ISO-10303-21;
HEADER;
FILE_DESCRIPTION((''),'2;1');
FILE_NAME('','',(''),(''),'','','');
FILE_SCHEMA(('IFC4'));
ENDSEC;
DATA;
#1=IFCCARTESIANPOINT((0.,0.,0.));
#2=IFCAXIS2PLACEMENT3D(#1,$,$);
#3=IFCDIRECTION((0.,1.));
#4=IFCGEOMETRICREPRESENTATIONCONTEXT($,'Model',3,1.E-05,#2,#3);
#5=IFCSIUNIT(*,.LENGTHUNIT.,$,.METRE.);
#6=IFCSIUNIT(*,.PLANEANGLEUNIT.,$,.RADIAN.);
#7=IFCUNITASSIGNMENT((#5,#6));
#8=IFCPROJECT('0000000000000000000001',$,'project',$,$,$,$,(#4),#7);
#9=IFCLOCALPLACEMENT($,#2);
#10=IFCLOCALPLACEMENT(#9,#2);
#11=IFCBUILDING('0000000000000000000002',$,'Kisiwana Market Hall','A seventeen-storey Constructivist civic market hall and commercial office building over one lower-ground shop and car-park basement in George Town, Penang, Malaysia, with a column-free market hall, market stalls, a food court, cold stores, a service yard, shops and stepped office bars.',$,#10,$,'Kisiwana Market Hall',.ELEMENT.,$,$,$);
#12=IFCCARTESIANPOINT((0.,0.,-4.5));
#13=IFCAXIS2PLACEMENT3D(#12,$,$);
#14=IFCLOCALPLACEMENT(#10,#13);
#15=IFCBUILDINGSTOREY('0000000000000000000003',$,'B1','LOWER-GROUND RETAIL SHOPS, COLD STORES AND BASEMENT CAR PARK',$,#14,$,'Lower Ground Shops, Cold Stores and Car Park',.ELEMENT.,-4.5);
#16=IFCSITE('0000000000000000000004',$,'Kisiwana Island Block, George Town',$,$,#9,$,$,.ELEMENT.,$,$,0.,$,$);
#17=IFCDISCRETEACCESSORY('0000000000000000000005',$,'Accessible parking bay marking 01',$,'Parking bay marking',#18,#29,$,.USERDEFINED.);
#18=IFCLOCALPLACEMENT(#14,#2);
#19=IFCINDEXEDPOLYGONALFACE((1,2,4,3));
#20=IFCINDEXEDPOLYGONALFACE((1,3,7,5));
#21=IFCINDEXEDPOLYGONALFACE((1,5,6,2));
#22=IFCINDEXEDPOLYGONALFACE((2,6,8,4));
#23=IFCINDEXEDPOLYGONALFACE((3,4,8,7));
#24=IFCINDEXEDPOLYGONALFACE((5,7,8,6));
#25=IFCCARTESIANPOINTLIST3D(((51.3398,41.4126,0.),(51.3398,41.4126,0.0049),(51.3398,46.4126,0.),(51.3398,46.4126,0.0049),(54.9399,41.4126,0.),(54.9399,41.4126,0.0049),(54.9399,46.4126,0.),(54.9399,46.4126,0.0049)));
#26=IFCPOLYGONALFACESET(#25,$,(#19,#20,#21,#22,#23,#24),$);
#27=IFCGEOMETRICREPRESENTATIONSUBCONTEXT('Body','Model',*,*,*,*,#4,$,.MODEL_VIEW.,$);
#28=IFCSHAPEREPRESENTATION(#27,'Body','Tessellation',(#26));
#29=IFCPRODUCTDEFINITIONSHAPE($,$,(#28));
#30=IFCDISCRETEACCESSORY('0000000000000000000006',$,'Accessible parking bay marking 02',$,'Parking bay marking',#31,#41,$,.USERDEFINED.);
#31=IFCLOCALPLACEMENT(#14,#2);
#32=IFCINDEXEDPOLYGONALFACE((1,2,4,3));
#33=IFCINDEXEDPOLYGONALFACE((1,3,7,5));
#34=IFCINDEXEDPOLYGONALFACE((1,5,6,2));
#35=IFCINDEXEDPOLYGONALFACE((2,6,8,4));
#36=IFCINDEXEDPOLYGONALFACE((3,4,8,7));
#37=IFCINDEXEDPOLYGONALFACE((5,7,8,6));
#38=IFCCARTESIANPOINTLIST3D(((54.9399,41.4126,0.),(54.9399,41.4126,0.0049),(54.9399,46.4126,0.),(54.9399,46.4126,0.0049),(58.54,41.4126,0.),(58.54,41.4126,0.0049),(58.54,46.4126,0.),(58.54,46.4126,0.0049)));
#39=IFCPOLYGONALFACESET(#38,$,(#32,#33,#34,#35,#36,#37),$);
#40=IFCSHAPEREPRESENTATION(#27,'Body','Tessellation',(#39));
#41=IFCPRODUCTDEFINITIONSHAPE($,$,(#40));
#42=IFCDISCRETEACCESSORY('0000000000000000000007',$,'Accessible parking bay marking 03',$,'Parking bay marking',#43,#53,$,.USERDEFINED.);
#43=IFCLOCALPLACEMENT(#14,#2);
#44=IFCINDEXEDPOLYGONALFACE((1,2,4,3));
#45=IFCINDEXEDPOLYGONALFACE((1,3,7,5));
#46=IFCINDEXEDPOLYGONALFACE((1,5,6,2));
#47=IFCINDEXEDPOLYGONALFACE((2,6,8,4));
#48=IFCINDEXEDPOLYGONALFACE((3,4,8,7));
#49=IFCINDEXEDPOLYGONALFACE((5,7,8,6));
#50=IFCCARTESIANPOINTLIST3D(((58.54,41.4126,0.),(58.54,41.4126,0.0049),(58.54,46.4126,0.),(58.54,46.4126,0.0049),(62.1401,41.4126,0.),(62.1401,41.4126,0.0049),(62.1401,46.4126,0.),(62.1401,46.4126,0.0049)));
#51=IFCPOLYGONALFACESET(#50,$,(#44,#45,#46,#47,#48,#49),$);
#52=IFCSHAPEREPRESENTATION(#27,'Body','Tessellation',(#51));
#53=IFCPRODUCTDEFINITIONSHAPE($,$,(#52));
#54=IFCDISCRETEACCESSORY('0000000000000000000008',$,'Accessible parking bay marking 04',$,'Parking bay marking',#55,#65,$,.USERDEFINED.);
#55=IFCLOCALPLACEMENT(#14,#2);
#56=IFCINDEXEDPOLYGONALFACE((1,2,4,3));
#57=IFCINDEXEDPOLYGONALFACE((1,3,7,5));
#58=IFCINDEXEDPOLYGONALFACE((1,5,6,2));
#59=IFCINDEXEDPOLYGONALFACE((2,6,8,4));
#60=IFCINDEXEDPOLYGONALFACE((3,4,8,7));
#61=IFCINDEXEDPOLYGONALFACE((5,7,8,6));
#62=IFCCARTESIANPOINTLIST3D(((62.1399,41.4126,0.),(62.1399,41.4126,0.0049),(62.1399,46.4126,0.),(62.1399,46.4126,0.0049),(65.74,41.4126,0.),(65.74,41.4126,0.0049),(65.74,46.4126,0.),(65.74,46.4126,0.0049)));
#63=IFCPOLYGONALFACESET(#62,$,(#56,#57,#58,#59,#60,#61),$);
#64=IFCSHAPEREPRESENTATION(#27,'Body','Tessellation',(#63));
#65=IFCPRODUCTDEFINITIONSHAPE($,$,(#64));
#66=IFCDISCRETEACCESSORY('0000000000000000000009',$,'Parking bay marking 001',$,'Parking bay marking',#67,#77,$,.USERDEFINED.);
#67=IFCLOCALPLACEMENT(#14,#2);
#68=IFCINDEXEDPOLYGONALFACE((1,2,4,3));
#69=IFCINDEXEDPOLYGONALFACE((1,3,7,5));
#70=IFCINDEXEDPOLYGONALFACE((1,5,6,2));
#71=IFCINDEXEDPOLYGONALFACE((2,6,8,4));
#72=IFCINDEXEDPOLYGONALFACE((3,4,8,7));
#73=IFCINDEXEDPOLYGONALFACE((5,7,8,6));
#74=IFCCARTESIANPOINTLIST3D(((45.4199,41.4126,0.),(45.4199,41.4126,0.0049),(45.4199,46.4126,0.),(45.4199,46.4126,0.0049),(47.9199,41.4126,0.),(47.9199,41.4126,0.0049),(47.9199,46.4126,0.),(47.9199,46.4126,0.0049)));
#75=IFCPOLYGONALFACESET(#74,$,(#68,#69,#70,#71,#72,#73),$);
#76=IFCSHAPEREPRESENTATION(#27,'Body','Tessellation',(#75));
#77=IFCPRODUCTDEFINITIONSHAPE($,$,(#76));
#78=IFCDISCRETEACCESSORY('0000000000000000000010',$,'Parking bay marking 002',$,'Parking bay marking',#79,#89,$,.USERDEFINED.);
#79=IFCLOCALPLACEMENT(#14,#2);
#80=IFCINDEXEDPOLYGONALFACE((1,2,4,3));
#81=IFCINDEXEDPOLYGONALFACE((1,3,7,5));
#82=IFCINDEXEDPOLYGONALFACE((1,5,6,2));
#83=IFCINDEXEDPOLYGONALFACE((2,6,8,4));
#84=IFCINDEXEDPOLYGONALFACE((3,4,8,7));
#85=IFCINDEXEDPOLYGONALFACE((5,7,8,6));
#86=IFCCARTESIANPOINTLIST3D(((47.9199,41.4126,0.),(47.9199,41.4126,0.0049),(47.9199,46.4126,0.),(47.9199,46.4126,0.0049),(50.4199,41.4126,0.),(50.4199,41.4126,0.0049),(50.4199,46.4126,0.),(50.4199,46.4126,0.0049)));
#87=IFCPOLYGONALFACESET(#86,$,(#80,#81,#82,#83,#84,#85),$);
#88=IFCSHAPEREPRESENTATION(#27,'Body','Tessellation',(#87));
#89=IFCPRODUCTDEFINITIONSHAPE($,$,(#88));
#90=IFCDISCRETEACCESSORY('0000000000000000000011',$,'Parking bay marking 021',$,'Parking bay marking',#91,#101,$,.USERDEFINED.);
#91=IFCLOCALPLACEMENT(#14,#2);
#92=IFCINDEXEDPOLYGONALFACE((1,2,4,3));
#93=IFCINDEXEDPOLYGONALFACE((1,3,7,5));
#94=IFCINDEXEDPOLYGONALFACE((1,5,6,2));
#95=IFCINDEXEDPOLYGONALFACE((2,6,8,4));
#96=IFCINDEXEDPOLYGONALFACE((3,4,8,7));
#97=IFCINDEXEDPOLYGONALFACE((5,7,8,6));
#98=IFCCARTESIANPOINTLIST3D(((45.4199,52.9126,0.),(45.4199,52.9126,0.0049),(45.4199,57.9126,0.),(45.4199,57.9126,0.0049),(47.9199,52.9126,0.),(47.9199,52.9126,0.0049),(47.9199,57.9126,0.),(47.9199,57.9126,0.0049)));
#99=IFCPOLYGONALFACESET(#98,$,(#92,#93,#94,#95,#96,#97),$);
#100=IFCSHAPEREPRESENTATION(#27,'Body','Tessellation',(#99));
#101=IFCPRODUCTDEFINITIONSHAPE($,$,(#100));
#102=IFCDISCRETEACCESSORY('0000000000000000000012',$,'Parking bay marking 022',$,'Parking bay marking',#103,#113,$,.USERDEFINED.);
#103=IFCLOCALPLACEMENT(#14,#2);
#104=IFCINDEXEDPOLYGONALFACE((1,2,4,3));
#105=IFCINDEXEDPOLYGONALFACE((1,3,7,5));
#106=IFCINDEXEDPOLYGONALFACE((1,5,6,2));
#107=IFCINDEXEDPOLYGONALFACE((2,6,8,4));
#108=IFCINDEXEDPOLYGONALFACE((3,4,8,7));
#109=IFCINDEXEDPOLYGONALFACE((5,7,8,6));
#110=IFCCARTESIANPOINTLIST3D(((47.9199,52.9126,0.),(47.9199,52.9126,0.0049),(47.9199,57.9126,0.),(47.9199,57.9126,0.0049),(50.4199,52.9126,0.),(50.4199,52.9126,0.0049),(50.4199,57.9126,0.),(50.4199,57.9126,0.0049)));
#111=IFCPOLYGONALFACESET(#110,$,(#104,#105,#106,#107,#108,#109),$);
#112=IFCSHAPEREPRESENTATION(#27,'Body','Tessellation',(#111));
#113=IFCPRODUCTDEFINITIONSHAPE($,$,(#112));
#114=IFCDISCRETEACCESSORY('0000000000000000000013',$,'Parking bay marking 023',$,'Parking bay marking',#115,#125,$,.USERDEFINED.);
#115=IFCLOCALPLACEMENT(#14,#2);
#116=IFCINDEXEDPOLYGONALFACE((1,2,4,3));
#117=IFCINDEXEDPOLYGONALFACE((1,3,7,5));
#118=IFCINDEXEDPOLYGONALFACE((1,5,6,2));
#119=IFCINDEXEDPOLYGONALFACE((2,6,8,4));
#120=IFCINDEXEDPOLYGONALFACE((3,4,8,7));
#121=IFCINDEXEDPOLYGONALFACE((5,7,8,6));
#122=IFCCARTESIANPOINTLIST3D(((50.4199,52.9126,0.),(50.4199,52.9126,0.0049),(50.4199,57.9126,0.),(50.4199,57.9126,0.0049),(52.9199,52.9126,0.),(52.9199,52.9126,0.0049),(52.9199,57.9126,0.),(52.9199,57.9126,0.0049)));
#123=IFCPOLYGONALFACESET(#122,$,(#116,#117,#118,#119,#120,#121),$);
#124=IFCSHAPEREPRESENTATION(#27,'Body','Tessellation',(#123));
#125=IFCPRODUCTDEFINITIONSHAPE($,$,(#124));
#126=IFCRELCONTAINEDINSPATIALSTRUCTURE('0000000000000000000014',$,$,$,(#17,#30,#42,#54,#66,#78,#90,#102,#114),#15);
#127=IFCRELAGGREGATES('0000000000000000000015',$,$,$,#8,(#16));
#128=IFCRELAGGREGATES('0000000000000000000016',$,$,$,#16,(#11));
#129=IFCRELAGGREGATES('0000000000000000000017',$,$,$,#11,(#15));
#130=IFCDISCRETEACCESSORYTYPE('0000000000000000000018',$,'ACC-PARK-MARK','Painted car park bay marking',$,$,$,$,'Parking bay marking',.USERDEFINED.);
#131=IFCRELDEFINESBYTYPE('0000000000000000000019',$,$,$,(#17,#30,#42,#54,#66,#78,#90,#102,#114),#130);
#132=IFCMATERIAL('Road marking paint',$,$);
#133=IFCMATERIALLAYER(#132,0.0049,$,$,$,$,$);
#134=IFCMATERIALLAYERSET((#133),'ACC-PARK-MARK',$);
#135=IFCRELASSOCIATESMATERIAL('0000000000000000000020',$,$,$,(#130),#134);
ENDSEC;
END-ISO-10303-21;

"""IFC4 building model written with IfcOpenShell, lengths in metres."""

from ifc_helpers import new_model, si_unit, direction, frame, origin, origin_2d, place, context, subcontext, project, spatial, rectangle, extrude, material, layer, layer_set, type_object, element, save


model = new_model("IFC4")

# Units and contexts
model_context = context("Model", 3, precision=1e-05, world=origin(), true_north=direction((0.0, 1.0)))
body_context = subcontext(model_context, "Body", "Model", "MODEL_VIEW")
ifc_project = project(units=[si_unit("LENGTHUNIT", "METRE"), si_unit("PLANEANGLEUNIT", "RADIAN")], contexts=[model_context])

# Site, building, storey
site_placement = place(None, origin())
site = spatial("IfcSite", under=ifc_project, at=site_placement, Name="Kisiwana Island Block, George Town", CompositionType="ELEMENT", RefElevation=0.0)
building_placement = place(site_placement, origin())
building = spatial("IfcBuilding", under=site, at=building_placement, Name="Kisiwana Market Hall", Description="A seventeen-storey Constructivist civic market hall and commercial office building over one lower-ground shop and car-park basement in George Town, Penang, Malaysia, with a column-free market hall, market stalls, a food court, cold stores, a service yard, shops and stepped office bars.", LongName="Kisiwana Market Hall", CompositionType="ELEMENT")
storey_placement = place(building_placement, frame((0.0, 0.0, -4.5)))
storey = spatial("IfcBuildingStorey", under=building, at=storey_placement, Name="B1", Description="LOWER-GROUND RETAIL SHOPS, COLD STORES AND BASEMENT CAR PARK", LongName="Lower Ground Shops, Cold Stores and Car Park", CompositionType="ELEMENT", Elevation=-4.5)

# Discrete accessories
ifc_material_1 = material(Name="Road marking paint")
ifc_layer_1 = layer(ifc_material_1, 0.0049)
ifc_layer_set_1 = layer_set([ifc_layer_1], Name="ACC-PARK-MARK")
discrete_accessory_type_1 = type_object("IfcDiscreteAccessoryType", Name="ACC-PARK-MARK", Description="Painted car park bay marking", ElementType="Parking bay marking", PredefinedType="USERDEFINED", material=ifc_layer_set_1)
for number, where, z_axis, x_axis, name in (
    (1, (53.1399, 43.9126, 0.0), (0.0, 0.0, 1.0), (1.0, 0.0, 0.0), "Accessible parking bay marking 01"),
    (2, (56.74, 43.9126, 0.0), (0.0, 0.0, 1.0), (1.0, 0.0, 0.0), "Accessible parking bay marking 02"),
    (3, (60.3401, 43.9126, 0.0), (0.0, 0.0, 1.0), (1.0, 0.0, 0.0), "Accessible parking bay marking 03"),
    (4, (63.9399, 43.9126, 0.0), (0.0, 0.0, 1.0), (1.0, 0.0, 0.0), "Accessible parking bay marking 04"),
):
    element("IfcDiscreteAccessory", number, at=place(storey_placement, frame(where, z_axis=z_axis, x_axis=x_axis)), inside=storey, type_object=discrete_accessory_type_1, Name=name, ObjectType="Parking bay marking", PredefinedType="USERDEFINED", context=body_context, shape_type="SweptSolid", body=[
        extrude(rectangle(XDim=3.6001, YDim=5.0, at=origin_2d()), origin(), (0.0, 0.0, 1.0), 0.0049),
    ])
for number, where, z_axis, x_axis, name in (
    (5, (46.6699, 43.9126, 0.0), (0.0, 0.0, 1.0), (1.0, 0.0, 0.0), "Parking bay marking 001"),
    (6, (49.1699, 43.9126, 0.0), (0.0, 0.0, 1.0), (1.0, 0.0, 0.0), "Parking bay marking 002"),
    (7, (46.6699, 55.4126, 0.0), (0.0, 0.0, 1.0), (1.0, 0.0, 0.0), "Parking bay marking 021"),
    (8, (49.1699, 55.4126, 0.0), (0.0, 0.0, 1.0), (1.0, 0.0, 0.0), "Parking bay marking 022"),
    (9, (51.6699, 55.4126, 0.0), (0.0, 0.0, 1.0), (1.0, 0.0, 0.0), "Parking bay marking 023"),
):
    element("IfcDiscreteAccessory", number, at=place(storey_placement, frame(where, z_axis=z_axis, x_axis=x_axis)), inside=storey, type_object=discrete_accessory_type_1, Name=name, ObjectType="Parking bay marking", PredefinedType="USERDEFINED", context=body_context, shape_type="SweptSolid", body=[
        extrude(rectangle(XDim=2.5, YDim=5.0, at=origin_2d()), origin(), (0.0, 0.0, 1.0), 0.0049),
    ])

save(model, "model.ifc")
